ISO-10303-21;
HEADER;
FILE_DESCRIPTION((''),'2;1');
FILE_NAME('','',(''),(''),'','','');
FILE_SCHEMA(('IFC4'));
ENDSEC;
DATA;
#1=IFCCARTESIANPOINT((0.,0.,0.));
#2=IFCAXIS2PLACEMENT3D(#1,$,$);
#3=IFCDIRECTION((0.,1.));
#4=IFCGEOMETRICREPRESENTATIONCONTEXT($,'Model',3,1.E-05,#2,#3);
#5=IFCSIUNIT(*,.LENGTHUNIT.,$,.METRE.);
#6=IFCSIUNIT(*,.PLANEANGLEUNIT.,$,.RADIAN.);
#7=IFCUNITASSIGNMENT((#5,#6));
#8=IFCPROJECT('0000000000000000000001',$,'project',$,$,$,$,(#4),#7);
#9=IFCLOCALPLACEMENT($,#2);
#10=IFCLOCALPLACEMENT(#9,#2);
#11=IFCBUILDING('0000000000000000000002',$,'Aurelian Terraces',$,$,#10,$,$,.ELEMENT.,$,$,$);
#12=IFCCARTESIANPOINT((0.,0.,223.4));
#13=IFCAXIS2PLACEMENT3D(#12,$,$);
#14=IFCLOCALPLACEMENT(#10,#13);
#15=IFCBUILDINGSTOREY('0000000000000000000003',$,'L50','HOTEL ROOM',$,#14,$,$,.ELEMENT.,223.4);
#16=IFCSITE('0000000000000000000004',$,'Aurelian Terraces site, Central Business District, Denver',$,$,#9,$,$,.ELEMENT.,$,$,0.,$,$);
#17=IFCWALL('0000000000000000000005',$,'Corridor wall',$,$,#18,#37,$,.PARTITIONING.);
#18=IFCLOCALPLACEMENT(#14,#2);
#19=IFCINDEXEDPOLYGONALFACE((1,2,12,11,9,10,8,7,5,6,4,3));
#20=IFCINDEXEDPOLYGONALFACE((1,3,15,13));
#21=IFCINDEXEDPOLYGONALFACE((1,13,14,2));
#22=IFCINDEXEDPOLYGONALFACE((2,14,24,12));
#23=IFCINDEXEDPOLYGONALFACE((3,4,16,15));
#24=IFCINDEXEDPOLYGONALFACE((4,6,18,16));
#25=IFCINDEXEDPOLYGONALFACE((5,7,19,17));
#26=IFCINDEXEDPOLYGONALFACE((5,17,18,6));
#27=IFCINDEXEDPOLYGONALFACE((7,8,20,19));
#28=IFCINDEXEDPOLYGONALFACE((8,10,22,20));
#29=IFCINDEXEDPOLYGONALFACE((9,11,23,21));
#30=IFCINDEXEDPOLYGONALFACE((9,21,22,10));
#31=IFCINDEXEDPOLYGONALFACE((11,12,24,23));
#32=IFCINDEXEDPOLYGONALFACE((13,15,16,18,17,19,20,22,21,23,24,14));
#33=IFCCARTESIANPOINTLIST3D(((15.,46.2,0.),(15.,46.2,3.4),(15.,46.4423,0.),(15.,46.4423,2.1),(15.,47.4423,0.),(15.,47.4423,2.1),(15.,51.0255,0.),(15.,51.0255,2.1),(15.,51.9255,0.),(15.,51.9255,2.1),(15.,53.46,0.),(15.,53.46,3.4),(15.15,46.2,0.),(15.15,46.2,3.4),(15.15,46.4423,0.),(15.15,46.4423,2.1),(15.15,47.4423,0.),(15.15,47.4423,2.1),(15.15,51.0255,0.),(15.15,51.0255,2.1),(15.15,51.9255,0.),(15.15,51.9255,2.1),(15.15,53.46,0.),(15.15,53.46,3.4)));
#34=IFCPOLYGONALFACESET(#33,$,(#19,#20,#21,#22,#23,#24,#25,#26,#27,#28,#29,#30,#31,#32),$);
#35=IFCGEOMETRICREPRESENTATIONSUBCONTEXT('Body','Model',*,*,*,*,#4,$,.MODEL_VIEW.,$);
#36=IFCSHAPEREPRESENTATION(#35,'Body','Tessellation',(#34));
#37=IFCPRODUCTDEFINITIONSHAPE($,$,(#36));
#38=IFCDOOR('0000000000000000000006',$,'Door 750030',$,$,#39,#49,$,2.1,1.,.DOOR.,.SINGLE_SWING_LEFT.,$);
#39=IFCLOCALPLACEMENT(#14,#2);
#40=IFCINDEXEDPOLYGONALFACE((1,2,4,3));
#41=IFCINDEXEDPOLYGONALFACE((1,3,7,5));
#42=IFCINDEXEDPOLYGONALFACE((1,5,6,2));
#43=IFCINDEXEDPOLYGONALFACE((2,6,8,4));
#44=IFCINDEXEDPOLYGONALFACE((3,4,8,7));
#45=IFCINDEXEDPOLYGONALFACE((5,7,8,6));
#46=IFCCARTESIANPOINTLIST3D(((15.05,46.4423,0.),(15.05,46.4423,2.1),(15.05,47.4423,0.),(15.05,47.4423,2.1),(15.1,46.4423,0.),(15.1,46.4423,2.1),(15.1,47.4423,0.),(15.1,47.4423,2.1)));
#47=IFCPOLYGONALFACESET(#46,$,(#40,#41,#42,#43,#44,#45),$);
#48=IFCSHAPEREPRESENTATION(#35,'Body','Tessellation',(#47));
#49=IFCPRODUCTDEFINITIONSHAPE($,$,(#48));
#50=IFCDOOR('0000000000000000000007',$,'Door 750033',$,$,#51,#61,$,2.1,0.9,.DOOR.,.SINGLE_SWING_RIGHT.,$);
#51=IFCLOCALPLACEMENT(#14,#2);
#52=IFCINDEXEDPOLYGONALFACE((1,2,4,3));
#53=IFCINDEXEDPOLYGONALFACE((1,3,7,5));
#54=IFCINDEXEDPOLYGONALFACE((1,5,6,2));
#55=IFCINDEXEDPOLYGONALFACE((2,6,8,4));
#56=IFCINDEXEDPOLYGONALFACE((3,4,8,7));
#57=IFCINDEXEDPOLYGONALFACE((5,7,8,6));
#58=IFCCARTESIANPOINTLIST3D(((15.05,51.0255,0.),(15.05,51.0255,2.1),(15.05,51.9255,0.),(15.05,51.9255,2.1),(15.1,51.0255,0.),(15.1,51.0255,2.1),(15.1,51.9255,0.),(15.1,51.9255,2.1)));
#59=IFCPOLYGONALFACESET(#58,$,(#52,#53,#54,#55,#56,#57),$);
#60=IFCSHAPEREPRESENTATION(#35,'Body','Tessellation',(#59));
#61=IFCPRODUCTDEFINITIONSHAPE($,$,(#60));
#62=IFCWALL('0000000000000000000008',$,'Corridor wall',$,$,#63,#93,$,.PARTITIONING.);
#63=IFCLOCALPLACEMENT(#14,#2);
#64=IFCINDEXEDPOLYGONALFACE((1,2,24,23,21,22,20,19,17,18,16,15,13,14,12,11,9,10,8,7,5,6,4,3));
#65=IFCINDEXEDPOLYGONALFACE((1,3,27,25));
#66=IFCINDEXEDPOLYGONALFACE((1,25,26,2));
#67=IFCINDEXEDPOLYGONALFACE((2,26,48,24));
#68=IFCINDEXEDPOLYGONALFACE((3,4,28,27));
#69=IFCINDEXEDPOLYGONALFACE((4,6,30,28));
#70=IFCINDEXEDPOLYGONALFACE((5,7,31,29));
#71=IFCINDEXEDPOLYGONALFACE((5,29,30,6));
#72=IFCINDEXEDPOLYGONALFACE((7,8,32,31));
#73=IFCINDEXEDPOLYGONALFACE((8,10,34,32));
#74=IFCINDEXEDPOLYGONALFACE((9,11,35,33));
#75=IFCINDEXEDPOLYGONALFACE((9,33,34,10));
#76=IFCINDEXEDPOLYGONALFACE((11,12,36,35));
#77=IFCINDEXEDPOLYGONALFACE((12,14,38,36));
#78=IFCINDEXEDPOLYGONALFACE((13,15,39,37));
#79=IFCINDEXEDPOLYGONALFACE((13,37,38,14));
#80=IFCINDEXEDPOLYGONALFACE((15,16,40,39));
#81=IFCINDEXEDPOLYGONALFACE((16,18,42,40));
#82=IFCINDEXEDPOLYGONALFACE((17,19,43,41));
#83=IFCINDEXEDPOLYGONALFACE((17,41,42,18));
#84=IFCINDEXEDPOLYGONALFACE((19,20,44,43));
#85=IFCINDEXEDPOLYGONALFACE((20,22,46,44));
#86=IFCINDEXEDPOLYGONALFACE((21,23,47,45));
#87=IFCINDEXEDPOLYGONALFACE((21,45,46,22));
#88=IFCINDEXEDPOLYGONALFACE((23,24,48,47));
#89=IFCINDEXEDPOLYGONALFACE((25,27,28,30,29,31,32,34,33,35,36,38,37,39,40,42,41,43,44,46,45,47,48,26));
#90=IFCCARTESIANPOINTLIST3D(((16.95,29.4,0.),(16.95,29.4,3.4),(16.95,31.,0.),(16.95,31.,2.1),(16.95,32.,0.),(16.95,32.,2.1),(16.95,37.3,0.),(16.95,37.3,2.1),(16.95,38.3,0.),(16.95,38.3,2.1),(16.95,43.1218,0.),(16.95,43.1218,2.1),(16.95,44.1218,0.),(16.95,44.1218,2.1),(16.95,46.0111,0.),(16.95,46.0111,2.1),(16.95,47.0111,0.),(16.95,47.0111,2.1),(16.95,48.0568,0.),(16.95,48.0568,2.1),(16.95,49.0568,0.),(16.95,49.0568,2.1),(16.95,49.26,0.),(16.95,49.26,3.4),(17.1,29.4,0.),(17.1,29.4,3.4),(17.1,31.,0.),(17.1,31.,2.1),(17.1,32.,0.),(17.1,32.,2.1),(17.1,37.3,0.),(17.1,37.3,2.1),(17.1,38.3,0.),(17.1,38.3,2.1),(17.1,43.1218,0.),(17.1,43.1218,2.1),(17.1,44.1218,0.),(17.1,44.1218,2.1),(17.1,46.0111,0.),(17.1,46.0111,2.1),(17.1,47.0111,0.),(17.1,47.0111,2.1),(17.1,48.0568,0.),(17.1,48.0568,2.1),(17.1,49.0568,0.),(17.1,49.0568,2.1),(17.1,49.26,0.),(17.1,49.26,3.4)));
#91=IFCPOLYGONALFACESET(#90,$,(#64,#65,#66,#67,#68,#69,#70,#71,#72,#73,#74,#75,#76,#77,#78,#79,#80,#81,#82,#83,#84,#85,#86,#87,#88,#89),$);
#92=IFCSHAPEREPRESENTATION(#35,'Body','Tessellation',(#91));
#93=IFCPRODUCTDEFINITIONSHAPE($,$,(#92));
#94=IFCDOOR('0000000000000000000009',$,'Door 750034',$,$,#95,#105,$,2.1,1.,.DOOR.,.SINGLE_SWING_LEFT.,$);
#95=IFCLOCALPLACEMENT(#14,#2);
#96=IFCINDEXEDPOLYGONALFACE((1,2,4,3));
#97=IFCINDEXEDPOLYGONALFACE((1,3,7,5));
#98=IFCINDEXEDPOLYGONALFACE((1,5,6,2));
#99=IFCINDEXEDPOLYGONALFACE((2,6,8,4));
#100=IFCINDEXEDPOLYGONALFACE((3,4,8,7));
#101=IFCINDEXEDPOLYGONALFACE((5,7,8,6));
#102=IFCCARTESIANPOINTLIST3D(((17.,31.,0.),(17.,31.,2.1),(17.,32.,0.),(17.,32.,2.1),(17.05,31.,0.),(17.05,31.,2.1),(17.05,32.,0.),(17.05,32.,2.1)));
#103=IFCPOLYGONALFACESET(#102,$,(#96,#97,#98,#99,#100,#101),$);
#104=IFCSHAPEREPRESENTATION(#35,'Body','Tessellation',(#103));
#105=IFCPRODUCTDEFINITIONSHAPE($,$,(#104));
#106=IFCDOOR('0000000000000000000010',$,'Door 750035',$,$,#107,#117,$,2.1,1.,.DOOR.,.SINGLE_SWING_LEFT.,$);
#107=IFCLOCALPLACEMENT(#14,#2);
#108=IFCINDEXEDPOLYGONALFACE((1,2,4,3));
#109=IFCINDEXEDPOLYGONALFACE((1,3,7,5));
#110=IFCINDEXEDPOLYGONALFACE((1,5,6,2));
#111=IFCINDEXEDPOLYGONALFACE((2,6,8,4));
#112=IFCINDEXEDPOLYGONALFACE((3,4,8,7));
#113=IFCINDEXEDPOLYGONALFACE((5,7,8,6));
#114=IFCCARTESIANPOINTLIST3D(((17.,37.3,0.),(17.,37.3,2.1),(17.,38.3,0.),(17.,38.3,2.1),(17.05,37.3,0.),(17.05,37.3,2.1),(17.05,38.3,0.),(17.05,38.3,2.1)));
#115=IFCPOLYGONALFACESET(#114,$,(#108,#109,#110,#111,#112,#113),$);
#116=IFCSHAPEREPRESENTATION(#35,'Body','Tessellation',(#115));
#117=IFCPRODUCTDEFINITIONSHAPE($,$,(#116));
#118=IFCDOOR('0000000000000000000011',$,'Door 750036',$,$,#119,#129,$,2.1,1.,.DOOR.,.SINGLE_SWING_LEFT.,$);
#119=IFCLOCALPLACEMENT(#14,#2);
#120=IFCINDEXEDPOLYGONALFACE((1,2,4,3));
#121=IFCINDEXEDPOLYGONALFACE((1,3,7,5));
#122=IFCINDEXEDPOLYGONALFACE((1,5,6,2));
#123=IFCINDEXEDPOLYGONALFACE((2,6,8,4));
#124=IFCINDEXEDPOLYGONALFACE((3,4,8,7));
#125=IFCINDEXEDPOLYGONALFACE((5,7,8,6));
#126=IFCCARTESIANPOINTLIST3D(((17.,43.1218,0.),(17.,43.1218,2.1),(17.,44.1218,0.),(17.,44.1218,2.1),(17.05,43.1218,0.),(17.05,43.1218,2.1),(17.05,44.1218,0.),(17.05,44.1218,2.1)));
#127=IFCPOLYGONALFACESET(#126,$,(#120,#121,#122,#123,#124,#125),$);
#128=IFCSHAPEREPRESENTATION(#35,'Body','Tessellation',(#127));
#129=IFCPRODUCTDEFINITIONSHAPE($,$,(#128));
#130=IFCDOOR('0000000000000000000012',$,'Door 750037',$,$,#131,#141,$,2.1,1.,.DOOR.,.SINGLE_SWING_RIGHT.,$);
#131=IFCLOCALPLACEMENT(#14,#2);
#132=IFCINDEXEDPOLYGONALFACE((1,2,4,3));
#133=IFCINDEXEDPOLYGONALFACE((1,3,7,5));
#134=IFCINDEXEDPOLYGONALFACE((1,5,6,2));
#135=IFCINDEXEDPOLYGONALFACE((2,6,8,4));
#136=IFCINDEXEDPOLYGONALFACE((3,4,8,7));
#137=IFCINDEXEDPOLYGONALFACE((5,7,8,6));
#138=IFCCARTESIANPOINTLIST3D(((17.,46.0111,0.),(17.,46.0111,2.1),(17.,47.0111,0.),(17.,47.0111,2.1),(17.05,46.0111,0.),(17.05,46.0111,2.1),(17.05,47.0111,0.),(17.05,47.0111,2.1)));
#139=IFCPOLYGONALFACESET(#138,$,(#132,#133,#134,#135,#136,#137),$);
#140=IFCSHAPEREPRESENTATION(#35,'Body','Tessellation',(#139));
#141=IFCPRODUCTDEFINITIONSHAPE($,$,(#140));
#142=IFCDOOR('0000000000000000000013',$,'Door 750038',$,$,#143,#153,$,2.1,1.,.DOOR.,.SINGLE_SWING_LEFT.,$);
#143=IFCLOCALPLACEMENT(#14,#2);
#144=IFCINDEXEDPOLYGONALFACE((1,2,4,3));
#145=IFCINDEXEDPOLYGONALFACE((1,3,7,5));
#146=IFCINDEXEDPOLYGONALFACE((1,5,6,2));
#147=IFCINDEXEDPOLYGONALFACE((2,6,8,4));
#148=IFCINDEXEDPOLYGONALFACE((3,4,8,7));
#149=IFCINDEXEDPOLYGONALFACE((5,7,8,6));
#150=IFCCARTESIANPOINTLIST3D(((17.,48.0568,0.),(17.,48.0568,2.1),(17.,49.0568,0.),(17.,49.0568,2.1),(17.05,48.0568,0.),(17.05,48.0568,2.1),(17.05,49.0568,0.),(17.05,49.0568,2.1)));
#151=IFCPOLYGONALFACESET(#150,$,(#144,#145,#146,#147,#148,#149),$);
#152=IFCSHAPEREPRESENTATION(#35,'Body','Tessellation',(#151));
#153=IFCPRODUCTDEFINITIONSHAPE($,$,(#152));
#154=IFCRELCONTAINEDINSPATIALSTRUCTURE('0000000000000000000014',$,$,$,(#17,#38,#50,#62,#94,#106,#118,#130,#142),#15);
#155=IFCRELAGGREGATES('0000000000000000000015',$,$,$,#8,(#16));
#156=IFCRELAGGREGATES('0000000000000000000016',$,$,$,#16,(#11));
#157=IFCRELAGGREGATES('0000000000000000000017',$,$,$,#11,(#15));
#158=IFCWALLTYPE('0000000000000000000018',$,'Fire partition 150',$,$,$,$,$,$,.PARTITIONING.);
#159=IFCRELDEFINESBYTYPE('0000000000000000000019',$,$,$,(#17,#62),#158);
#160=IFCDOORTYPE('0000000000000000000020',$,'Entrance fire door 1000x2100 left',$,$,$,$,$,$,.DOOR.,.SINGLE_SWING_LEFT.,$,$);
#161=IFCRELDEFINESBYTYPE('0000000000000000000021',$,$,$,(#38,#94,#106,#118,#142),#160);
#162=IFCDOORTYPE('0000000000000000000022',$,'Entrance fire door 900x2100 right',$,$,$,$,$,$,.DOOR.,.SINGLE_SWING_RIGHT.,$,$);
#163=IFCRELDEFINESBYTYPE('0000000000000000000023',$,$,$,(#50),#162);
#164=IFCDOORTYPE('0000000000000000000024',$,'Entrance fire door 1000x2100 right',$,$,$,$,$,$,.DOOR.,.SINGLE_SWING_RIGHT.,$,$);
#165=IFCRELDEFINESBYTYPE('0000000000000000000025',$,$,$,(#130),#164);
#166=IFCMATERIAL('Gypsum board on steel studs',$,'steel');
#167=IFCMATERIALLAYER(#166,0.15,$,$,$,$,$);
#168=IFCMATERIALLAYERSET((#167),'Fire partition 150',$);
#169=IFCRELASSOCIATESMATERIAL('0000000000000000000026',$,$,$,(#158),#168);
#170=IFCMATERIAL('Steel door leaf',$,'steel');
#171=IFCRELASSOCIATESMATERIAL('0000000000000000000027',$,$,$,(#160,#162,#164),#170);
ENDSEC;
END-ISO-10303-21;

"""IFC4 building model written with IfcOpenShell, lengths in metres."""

from ifc_helpers import new_model, si_unit, direction, frame, frame_2d, origin, place, context, subcontext, project, spatial, rectangle, extrude, source, transform, mapped, material, layer, layer_set, type_object, element, fill, save


model = new_model("IFC4")

# Units and contexts
model_context = context("Model", 3, precision=1e-05, world=origin(), true_north=direction((0.0, 1.0)))
body_context = subcontext(model_context, "Body", "Model", "MODEL_VIEW")
ifc_project = project(units=[si_unit("LENGTHUNIT", "METRE"), si_unit("PLANEANGLEUNIT", "RADIAN")], contexts=[model_context])

# Site, building, storey
site_placement = place(None, origin())
site = spatial("IfcSite", under=ifc_project, at=site_placement, Name="Aurelian Terraces site, Central Business District, Denver", CompositionType="ELEMENT", RefElevation=0.0)
building_placement = place(site_placement, origin())
building = spatial("IfcBuilding", under=site, at=building_placement, Name="Aurelian Terraces", CompositionType="ELEMENT")
storey_placement = place(building_placement, frame((0.0, 0.0, 223.4)))
storey = spatial("IfcBuildingStorey", under=building, at=storey_placement, Name="L50", Description="HOTEL ROOM", CompositionType="ELEMENT", Elevation=223.4)

# Shared definitions
ifc_material_1 = material(Name="Gypsum board on steel studs", Category="steel")
ifc_layer_1 = layer(ifc_material_1, 0.15)
ifc_layer_set_1 = layer_set([ifc_layer_1], Name="Fire partition 150")
wall_type_1 = type_object("IfcWallType", Name="Fire partition 150", PredefinedType="PARTITIONING", material=ifc_layer_set_1)

# Walls, openings, doors
shared_shape_1 = source(origin(), body_context, "Body", "SweptSolid", [
    extrude(rectangle(XDim=7.26, YDim=0.15, at=frame_2d((3.63, 0.0))), origin(), (0.0, 0.0, 1.0), 3.4),
])
wall_1_placement = place(storey_placement, frame((15.075, 46.2, 0.0), z_axis=(0.0, 0.0, 1.0), x_axis=(0.0, 1.0, 0.0)))
wall_1 = element("IfcWall", 1, at=wall_1_placement, inside=storey, type_object=wall_type_1, Name="Corridor wall", PredefinedType="PARTITIONING", context=body_context, shape_type="MappedRepresentation", body=[
    mapped(shared_shape_1, transform((0.0, 0.0, 0.0), scale=1.0)),
])
shared_shape_2 = source(origin(), body_context, "Body", "SweptSolid", [
    extrude(rectangle(XDim=1.0, YDim=2.1, at=frame_2d((0.5, 1.05))), frame((0.0, 0.085, 0.0), z_axis=(0.0, -1.0, 0.0), x_axis=(1.0, 0.0, 0.0)), (0.0, 0.0, 1.0), 0.17),
])
opening_1_placement = place(wall_1_placement, frame((0.2423, 0.0, 0.0)))
opening_1 = element("IfcOpeningElement", 2, at=opening_1_placement, cuts=wall_1, PredefinedType="OPENING", context=body_context, shape_type="MappedRepresentation", body=[
    mapped(shared_shape_2, transform((0.0, 0.0, 0.0), scale=1.0)),
])
shared_shape_3 = source(origin(), body_context, "Body", "SweptSolid", [
    extrude(rectangle(XDim=0.9, YDim=2.1, at=frame_2d((0.45, 1.05))), frame((0.0, 0.085, 0.0), z_axis=(0.0, -1.0, 0.0), x_axis=(1.0, 0.0, 0.0)), (0.0, 0.0, 1.0), 0.17),
])
opening_2_placement = place(wall_1_placement, frame((4.8255, 0.0, 0.0)))
opening_2 = element("IfcOpeningElement", 3, at=opening_2_placement, cuts=wall_1, PredefinedType="OPENING", context=body_context, shape_type="MappedRepresentation", body=[
    mapped(shared_shape_3, transform((0.0, 0.0, 0.0), scale=1.0)),
])
ifc_material_2 = material(Name="Steel door leaf", Category="steel")
door_type_1 = type_object("IfcDoorType", Name="Entrance fire door 1000x2100 left", OperationType="SINGLE_SWING_LEFT", PredefinedType="DOOR", material=ifc_material_2)
shared_shape_4 = source(origin(), body_context, "Body", "SweptSolid", [
    extrude(rectangle(XDim=1.0, YDim=2.1, at=frame_2d((0.5, 1.05))), frame((0.0, 0.025, 0.0), z_axis=(0.0, -1.0, 0.0), x_axis=(1.0, 0.0, 0.0)), (0.0, 0.0, 1.0), 0.05),
])
door_1_placement = place(opening_1_placement, origin())
door_1 = element("IfcDoor", 4, at=door_1_placement, inside=storey, type_object=door_type_1, Name="Door 750030", OperationType="SINGLE_SWING_LEFT", OverallHeight=2.1, OverallWidth=1.0, PredefinedType="DOOR", context=body_context, shape_type="MappedRepresentation", body=[
    mapped(shared_shape_4, transform((0.0, 0.0, 0.0), scale=1.0)),
])
fill(opening_1, door_1)
door_type_2 = type_object("IfcDoorType", Name="Entrance fire door 900x2100 right", OperationType="SINGLE_SWING_RIGHT", PredefinedType="DOOR", material=ifc_material_2)
shared_shape_5 = source(origin(), body_context, "Body", "SweptSolid", [
    extrude(rectangle(XDim=0.9, YDim=2.1, at=frame_2d((0.45, 1.05))), frame((0.0, 0.025, 0.0), z_axis=(0.0, -1.0, 0.0), x_axis=(1.0, 0.0, 0.0)), (0.0, 0.0, 1.0), 0.05),
])
door_2_placement = place(opening_2_placement, origin())
door_2 = element("IfcDoor", 5, at=door_2_placement, inside=storey, type_object=door_type_2, Name="Door 750033", OperationType="SINGLE_SWING_RIGHT", OverallHeight=2.1, OverallWidth=0.9, PredefinedType="DOOR", context=body_context, shape_type="MappedRepresentation", body=[
    mapped(shared_shape_5, transform((0.0, 0.0, 0.0), scale=1.0)),
])
fill(opening_2, door_2)
shared_shape_6 = source(origin(), body_context, "Body", "SweptSolid", [
    extrude(rectangle(XDim=19.86, YDim=0.15, at=frame_2d((9.93, 0.0))), origin(), (0.0, 0.0, 1.0), 3.4),
])
wall_2_placement = place(storey_placement, frame((17.025, 49.26, 0.0), z_axis=(0.0, 0.0, 1.0), x_axis=(0.0, -1.0, 0.0)))
wall_2 = element("IfcWall", 6, at=wall_2_placement, inside=storey, type_object=wall_type_1, Name="Corridor wall", PredefinedType="PARTITIONING", context=body_context, shape_type="MappedRepresentation", body=[
    mapped(shared_shape_6, transform((0.0, 0.0, 0.0), scale=1.0)),
])
opening_3_placement = place(wall_2_placement, frame((17.26, 0.0, 0.0)))
opening_3 = element("IfcOpeningElement", 7, at=opening_3_placement, cuts=wall_2, PredefinedType="OPENING", context=body_context, shape_type="MappedRepresentation", body=[
    mapped(shared_shape_2, transform((0.0, 0.0, 0.0), scale=1.0)),
])
opening_4_placement = place(wall_2_placement, frame((10.96, 0.0, 0.0)))
opening_4 = element("IfcOpeningElement", 8, at=opening_4_placement, cuts=wall_2, PredefinedType="OPENING", context=body_context, shape_type="MappedRepresentation", body=[
    mapped(shared_shape_2, transform((0.0, 0.0, 0.0), scale=1.0)),
])
opening_5_placement = place(wall_2_placement, frame((5.1382, 0.0, 0.0)))
opening_5 = element("IfcOpeningElement", 9, at=opening_5_placement, cuts=wall_2, PredefinedType="OPENING", context=body_context, shape_type="MappedRepresentation", body=[
    mapped(shared_shape_2, transform((0.0, 0.0, 0.0), scale=1.0)),
])
opening_6_placement = place(wall_2_placement, frame((2.2489, 0.0, 0.0)))
opening_6 = element("IfcOpeningElement", 10, at=opening_6_placement, cuts=wall_2, PredefinedType="OPENING", context=body_context, shape_type="MappedRepresentation", body=[
    mapped(shared_shape_2, transform((0.0, 0.0, 0.0), scale=1.0)),
])
opening_7_placement = place(wall_2_placement, frame((0.2032, 0.0, 0.0)))
opening_7 = element("IfcOpeningElement", 11, at=opening_7_placement, cuts=wall_2, PredefinedType="OPENING", context=body_context, shape_type="MappedRepresentation", body=[
    mapped(shared_shape_2, transform((0.0, 0.0, 0.0), scale=1.0)),
])
door_3_placement = place(opening_3_placement, origin())
door_3 = element("IfcDoor", 12, at=door_3_placement, inside=storey, type_object=door_type_1, Name="Door 750034", OperationType="SINGLE_SWING_LEFT", OverallHeight=2.1, OverallWidth=1.0, PredefinedType="DOOR", context=body_context, shape_type="MappedRepresentation", body=[
    mapped(shared_shape_4, transform((0.0, 0.0, 0.0), scale=1.0)),
])
fill(opening_3, door_3)
door_4_placement = place(opening_4_placement, origin())
door_4 = element("IfcDoor", 13, at=door_4_placement, inside=storey, type_object=door_type_1, Name="Door 750035", OperationType="SINGLE_SWING_LEFT", OverallHeight=2.1, OverallWidth=1.0, PredefinedType="DOOR", context=body_context, shape_type="MappedRepresentation", body=[
    mapped(shared_shape_4, transform((0.0, 0.0, 0.0), scale=1.0)),
])
fill(opening_4, door_4)
door_5_placement = place(opening_5_placement, origin())
door_5 = element("IfcDoor", 14, at=door_5_placement, inside=storey, type_object=door_type_1, Name="Door 750036", OperationType="SINGLE_SWING_LEFT", OverallHeight=2.1, OverallWidth=1.0, PredefinedType="DOOR", context=body_context, shape_type="MappedRepresentation", body=[
    mapped(shared_shape_4, transform((0.0, 0.0, 0.0), scale=1.0)),
])
fill(opening_5, door_5)
door_type_3 = type_object("IfcDoorType", Name="Entrance fire door 1000x2100 right", OperationType="SINGLE_SWING_RIGHT", PredefinedType="DOOR", material=ifc_material_2)
door_6_placement = place(opening_6_placement, origin())
door_6 = element("IfcDoor", 15, at=door_6_placement, inside=storey, type_object=door_type_3, Name="Door 750037", OperationType="SINGLE_SWING_RIGHT", OverallHeight=2.1, OverallWidth=1.0, PredefinedType="DOOR", context=body_context, shape_type="MappedRepresentation", body=[
    mapped(shared_shape_4, transform((0.0, 0.0, 0.0), scale=1.0)),
])
fill(opening_6, door_6)
door_7_placement = place(opening_7_placement, origin())
door_7 = element("IfcDoor", 16, at=door_7_placement, inside=storey, type_object=door_type_1, Name="Door 750038", OperationType="SINGLE_SWING_LEFT", OverallHeight=2.1, OverallWidth=1.0, PredefinedType="DOOR", context=body_context, shape_type="MappedRepresentation", body=[
    mapped(shared_shape_4, transform((0.0, 0.0, 0.0), scale=1.0)),
])
fill(opening_7, door_7)

save(model, "model.ifc")
